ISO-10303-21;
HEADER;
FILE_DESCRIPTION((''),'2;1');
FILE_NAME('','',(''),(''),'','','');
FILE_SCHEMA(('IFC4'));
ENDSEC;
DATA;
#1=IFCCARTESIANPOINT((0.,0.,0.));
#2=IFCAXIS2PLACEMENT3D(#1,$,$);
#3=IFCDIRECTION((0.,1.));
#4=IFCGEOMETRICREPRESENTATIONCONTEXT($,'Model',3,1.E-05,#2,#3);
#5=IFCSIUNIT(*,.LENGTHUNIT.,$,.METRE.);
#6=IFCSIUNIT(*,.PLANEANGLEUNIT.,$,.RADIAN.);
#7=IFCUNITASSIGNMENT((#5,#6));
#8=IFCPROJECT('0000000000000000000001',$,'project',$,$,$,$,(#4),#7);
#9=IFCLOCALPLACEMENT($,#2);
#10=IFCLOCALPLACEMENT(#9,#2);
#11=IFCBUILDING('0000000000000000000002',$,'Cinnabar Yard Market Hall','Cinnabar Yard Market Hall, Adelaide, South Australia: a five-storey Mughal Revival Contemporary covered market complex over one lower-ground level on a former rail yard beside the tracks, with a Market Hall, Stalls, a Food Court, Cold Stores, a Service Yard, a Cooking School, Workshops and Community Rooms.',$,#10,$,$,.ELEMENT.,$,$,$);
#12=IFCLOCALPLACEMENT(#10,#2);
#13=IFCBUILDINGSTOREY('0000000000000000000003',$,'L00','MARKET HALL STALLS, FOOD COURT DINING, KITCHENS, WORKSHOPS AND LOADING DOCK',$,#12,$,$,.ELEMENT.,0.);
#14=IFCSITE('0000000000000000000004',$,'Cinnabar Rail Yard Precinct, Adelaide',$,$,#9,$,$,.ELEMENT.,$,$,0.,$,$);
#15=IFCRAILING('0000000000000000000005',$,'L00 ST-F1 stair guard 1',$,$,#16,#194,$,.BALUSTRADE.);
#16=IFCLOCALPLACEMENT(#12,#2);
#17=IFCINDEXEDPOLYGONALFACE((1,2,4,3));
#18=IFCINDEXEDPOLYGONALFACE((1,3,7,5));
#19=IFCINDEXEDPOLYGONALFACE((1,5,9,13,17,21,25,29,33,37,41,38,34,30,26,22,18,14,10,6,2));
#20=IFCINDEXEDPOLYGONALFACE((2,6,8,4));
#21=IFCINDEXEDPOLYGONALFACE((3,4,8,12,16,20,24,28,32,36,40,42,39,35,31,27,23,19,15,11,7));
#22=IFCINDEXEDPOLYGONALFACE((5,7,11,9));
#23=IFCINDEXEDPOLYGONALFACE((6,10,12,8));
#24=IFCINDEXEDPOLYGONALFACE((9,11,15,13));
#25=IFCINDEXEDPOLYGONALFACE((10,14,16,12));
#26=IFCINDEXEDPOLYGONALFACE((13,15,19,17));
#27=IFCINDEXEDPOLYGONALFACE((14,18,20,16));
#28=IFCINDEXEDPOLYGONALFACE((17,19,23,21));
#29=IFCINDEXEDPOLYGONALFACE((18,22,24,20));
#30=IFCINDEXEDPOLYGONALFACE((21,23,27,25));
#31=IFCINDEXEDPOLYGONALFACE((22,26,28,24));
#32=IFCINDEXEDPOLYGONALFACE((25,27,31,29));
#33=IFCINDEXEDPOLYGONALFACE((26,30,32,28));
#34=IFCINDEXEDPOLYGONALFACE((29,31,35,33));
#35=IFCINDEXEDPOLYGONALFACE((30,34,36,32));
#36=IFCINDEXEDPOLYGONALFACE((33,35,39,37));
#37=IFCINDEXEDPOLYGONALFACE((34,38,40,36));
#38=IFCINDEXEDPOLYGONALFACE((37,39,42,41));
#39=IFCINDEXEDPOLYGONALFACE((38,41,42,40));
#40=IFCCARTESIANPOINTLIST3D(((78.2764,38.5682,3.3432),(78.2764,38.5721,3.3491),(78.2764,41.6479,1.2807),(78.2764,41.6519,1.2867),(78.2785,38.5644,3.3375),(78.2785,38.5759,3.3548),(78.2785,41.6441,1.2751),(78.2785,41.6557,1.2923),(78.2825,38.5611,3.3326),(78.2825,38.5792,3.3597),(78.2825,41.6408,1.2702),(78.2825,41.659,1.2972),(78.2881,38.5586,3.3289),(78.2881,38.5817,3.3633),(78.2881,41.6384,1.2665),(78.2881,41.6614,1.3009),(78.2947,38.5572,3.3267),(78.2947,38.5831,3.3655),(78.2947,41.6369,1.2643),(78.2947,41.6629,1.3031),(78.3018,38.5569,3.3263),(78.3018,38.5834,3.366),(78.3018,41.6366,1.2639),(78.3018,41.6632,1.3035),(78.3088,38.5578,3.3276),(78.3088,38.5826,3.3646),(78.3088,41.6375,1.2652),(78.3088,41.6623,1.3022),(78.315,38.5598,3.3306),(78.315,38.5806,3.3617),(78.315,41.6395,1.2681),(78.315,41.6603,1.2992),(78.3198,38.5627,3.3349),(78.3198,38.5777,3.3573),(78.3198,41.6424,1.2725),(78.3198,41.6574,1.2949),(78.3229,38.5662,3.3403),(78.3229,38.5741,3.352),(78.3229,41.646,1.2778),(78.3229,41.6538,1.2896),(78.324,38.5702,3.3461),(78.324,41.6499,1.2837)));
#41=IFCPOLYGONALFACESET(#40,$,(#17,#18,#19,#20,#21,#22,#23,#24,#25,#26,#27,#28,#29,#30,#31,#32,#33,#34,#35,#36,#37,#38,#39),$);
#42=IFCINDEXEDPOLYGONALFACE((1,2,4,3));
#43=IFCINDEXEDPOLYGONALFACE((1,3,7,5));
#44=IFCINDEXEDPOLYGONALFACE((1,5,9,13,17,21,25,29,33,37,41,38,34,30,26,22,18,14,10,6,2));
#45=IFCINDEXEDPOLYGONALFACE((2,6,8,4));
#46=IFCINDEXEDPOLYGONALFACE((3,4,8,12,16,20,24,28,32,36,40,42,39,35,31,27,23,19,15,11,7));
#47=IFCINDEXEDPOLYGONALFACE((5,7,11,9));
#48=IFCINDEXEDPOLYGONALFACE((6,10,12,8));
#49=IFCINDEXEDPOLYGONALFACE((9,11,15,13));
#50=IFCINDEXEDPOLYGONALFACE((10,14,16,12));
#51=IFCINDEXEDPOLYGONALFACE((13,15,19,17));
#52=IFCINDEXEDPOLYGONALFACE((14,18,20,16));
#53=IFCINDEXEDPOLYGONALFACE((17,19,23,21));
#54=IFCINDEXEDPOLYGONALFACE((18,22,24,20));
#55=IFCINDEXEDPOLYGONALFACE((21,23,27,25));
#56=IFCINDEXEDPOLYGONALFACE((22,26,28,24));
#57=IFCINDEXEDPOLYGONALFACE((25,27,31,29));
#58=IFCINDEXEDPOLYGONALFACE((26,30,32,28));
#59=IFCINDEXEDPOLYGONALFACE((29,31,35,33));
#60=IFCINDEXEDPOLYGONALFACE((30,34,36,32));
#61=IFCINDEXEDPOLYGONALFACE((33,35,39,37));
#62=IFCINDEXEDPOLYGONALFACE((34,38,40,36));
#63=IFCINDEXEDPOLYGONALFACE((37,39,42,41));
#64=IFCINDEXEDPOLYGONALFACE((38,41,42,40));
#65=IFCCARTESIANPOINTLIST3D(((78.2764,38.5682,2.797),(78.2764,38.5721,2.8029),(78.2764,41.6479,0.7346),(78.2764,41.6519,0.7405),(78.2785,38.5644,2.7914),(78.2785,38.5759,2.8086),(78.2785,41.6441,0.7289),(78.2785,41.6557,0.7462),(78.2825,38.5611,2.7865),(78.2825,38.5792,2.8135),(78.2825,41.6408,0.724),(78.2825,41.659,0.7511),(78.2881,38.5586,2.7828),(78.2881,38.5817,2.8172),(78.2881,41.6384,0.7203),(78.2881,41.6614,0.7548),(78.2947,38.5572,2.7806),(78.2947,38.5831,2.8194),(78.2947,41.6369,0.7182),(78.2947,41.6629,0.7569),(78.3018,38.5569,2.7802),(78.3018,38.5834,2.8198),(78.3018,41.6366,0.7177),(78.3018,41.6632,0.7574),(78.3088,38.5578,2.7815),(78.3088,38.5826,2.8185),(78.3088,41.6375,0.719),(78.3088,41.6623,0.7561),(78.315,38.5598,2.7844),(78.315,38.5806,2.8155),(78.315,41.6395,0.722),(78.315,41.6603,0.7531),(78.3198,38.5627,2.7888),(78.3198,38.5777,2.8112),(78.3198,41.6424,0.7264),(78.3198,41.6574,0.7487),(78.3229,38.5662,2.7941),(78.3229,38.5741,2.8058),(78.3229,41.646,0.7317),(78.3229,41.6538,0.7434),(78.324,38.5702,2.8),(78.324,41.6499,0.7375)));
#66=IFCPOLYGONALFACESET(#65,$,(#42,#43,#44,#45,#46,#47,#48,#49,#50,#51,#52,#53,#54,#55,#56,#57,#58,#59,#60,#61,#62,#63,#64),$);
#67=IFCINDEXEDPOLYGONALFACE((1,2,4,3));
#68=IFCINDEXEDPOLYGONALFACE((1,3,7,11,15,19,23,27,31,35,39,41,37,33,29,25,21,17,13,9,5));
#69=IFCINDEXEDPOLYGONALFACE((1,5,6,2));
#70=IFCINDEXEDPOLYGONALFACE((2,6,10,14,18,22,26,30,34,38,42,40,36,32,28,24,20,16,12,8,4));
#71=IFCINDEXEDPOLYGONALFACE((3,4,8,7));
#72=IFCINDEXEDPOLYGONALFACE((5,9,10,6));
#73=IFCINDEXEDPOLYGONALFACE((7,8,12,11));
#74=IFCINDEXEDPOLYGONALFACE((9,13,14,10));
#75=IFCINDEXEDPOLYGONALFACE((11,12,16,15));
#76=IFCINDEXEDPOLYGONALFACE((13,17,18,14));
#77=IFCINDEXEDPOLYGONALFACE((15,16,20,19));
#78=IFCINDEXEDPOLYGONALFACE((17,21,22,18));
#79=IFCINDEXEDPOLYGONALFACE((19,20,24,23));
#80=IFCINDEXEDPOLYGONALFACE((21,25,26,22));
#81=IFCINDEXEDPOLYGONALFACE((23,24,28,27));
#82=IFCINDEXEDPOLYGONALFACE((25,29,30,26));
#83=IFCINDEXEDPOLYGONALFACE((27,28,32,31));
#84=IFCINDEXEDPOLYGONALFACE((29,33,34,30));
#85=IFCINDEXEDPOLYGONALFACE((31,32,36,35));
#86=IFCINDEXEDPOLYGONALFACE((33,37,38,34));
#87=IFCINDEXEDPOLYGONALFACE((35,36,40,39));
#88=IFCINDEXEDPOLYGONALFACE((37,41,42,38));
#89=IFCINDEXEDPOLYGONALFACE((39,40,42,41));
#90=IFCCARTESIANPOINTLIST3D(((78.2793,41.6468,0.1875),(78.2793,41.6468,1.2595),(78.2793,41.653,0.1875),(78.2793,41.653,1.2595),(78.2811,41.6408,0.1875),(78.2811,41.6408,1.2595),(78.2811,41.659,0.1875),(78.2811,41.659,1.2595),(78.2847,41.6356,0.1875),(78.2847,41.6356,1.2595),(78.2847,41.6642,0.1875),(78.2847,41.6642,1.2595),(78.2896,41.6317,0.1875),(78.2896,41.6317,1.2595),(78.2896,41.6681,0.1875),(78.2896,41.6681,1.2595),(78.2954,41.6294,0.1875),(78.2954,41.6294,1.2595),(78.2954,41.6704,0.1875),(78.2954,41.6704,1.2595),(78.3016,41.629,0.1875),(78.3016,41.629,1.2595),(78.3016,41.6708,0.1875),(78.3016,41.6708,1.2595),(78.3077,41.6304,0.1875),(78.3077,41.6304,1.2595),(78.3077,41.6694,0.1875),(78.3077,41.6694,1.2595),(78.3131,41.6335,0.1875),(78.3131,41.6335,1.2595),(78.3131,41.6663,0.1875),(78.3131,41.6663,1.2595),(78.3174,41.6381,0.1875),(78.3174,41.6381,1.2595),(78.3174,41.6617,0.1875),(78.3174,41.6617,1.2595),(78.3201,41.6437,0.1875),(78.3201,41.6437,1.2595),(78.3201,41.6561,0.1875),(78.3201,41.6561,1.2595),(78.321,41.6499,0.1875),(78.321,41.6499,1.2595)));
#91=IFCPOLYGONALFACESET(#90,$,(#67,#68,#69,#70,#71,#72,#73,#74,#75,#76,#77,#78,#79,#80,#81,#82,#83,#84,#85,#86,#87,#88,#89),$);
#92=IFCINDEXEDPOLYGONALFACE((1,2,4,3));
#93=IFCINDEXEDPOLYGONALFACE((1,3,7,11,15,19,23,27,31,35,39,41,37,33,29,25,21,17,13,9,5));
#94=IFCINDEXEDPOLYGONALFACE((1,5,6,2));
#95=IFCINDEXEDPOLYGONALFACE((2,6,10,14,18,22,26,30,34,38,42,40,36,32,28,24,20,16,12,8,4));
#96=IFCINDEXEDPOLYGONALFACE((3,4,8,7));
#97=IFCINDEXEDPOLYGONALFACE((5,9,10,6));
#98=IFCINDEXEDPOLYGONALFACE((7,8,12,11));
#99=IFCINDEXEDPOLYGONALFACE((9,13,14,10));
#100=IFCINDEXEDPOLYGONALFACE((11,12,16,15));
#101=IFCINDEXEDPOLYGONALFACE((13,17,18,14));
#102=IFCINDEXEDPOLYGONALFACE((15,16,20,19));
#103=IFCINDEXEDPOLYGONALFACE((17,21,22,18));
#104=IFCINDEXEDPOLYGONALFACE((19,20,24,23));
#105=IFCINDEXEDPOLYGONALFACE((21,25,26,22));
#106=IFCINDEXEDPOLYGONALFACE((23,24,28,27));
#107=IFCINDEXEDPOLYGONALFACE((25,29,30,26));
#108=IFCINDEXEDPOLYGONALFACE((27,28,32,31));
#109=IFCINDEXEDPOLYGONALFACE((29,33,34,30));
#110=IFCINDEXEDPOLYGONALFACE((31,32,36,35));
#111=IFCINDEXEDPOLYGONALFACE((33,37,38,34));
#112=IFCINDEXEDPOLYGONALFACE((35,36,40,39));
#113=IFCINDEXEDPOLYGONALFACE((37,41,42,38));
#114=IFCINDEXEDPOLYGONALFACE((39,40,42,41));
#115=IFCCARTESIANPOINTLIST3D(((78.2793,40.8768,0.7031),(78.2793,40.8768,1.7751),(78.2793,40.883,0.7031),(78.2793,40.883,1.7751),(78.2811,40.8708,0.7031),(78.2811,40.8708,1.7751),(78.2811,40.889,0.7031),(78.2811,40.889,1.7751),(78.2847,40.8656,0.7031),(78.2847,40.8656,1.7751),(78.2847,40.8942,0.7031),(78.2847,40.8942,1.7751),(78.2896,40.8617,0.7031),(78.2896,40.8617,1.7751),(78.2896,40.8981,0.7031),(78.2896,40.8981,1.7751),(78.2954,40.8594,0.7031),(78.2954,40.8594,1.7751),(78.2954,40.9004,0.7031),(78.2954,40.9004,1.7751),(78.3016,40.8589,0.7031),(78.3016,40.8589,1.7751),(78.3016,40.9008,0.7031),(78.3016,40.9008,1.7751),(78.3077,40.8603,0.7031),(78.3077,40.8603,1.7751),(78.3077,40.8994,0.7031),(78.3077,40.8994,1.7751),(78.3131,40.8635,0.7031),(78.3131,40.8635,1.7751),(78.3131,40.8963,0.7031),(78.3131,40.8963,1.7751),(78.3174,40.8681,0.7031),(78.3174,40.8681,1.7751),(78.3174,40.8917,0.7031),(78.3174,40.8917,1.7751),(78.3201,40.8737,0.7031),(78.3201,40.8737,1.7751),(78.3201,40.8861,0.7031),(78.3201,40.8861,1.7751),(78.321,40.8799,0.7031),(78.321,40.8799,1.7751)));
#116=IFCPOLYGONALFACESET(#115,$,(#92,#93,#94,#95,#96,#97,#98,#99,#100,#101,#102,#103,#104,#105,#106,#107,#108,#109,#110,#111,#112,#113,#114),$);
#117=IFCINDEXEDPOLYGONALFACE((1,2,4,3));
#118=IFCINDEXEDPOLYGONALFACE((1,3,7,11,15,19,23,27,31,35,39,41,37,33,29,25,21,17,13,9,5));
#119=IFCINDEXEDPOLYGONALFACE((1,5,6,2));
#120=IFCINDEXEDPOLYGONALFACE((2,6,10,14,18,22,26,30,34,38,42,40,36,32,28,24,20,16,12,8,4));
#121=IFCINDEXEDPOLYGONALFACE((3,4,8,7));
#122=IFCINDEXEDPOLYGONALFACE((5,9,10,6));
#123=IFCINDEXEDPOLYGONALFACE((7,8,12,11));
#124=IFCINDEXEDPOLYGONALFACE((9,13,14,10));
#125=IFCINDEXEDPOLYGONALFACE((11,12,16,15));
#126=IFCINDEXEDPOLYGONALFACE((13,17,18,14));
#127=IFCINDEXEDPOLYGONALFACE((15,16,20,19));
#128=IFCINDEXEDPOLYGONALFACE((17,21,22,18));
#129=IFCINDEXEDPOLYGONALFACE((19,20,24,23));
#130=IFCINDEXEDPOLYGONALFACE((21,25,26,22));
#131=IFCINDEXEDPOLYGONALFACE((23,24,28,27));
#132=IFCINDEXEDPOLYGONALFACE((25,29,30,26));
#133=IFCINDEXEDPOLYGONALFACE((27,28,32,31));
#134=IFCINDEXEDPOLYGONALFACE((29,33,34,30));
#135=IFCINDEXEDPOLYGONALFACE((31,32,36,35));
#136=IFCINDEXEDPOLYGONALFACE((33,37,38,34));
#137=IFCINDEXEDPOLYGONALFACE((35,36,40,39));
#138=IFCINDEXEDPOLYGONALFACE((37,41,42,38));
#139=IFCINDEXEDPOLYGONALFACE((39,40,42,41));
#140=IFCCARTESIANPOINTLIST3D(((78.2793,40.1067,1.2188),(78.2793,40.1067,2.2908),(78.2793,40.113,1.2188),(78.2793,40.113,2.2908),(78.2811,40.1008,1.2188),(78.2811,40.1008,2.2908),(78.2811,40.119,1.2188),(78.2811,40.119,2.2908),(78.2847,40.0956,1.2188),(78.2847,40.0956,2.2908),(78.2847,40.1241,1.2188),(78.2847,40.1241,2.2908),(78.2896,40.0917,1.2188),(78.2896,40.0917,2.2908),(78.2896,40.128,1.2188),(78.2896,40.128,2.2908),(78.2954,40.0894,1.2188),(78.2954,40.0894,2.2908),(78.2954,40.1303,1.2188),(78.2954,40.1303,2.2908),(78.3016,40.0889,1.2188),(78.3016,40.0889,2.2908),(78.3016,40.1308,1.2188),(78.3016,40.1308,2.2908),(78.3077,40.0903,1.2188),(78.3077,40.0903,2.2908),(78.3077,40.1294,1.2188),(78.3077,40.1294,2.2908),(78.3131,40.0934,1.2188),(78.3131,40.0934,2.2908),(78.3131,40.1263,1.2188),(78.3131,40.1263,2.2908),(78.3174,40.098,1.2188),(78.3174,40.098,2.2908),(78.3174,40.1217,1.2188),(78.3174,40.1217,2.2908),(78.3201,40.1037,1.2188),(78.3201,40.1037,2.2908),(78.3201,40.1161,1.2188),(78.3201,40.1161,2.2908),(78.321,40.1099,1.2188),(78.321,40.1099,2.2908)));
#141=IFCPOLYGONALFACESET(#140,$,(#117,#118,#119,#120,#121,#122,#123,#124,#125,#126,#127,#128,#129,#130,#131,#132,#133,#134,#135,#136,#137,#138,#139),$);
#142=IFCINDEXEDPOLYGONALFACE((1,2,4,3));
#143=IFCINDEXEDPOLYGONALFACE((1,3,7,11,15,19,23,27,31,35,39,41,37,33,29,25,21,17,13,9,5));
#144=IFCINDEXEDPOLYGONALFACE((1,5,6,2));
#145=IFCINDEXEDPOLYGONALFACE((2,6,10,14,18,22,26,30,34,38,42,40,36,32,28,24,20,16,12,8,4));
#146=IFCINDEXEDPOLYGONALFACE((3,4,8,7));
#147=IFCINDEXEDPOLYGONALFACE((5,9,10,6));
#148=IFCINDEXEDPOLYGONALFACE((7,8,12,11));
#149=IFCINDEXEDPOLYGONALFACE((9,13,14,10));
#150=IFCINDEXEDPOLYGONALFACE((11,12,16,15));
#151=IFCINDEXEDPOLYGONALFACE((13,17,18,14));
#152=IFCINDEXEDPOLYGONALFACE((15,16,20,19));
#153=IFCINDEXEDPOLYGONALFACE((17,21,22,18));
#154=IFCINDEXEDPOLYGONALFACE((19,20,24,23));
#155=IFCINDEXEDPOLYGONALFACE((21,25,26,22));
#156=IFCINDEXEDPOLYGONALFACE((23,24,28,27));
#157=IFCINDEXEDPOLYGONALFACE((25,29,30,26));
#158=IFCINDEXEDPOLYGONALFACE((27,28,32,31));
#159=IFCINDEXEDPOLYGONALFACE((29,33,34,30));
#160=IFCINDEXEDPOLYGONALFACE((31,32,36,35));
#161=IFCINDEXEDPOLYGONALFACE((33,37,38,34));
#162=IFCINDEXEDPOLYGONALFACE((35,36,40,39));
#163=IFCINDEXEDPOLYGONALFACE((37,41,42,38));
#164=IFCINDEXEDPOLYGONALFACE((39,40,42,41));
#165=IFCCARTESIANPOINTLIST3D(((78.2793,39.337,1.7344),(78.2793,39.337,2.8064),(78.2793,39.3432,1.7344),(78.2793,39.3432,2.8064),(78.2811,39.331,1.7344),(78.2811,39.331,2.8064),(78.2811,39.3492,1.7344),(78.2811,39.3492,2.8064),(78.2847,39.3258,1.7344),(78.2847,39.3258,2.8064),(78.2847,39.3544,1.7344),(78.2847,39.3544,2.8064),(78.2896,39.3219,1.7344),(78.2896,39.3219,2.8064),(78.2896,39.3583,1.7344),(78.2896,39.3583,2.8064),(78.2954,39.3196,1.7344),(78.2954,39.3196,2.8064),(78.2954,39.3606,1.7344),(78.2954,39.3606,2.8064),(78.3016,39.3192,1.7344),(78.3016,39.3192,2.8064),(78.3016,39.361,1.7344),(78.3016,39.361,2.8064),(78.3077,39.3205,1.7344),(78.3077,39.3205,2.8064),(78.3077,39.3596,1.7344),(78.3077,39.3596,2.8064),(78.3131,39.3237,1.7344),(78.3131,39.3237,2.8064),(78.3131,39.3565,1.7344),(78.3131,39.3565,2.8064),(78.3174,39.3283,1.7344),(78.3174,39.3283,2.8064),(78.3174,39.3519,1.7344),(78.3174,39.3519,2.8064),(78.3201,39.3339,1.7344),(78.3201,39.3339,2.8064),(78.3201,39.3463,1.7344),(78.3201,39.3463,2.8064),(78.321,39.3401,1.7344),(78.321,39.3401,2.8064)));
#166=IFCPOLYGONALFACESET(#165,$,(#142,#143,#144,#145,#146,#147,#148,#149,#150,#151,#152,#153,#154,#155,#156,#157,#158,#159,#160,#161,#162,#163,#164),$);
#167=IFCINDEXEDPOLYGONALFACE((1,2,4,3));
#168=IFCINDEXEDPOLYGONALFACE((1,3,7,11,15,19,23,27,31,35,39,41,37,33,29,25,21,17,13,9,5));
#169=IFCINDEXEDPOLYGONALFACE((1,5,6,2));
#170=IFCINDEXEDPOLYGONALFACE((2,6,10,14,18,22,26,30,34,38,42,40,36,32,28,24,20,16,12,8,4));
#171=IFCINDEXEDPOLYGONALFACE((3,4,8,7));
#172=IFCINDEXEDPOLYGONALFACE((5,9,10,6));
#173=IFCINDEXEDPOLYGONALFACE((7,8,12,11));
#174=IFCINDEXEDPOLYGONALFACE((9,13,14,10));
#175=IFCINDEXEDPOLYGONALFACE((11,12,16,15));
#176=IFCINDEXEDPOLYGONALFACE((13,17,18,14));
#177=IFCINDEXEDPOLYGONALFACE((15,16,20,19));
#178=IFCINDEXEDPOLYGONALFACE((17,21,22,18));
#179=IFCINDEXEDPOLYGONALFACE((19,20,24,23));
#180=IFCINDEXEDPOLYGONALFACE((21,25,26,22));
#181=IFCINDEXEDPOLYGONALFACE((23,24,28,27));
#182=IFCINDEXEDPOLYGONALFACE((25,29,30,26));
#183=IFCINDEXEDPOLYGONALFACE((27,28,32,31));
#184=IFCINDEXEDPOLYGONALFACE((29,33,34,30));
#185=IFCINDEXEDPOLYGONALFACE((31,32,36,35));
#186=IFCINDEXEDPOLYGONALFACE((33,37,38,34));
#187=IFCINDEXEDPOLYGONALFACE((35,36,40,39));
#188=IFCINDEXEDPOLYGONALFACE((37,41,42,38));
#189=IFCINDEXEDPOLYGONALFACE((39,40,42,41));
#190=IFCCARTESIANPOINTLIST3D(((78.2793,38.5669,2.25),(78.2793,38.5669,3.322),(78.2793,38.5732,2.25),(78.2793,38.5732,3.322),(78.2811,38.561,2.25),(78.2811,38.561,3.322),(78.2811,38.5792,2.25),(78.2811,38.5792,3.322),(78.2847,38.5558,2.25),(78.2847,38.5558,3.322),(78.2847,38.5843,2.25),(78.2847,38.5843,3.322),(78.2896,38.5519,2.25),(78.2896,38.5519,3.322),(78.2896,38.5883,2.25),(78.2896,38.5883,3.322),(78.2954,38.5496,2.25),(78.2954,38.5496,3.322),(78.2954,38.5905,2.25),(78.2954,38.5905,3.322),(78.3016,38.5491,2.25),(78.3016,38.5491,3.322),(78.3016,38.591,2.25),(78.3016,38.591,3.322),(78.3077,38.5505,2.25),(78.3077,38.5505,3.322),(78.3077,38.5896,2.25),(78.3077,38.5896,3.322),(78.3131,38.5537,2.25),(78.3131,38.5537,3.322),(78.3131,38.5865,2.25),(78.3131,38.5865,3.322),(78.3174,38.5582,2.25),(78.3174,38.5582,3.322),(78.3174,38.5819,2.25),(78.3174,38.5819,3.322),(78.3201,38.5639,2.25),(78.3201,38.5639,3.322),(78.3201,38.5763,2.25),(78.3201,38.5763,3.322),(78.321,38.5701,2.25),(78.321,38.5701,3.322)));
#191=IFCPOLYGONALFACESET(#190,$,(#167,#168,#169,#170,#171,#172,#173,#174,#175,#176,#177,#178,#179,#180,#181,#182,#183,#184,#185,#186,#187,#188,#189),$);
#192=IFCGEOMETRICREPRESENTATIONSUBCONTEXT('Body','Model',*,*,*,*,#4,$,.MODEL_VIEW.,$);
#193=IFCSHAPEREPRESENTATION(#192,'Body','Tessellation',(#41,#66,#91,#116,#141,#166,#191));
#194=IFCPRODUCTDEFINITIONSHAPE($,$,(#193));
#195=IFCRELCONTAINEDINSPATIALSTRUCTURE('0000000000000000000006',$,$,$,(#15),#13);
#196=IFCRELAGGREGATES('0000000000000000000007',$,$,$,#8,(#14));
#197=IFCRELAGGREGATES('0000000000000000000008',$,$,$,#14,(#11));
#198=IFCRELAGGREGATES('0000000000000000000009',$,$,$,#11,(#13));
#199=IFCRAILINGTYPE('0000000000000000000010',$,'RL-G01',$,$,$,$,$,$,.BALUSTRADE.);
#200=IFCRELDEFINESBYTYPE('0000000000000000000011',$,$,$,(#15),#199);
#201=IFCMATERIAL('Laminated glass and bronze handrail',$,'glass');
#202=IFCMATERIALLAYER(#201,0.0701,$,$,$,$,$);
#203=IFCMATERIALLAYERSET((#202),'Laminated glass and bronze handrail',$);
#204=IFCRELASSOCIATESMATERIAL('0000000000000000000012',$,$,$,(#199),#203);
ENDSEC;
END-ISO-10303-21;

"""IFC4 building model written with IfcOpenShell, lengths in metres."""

from ifc_helpers import new_model, si_unit, direction, frame, origin, origin_2d_with_axis, place, context, subcontext, project, spatial, circle, extrude, material, layer, layer_set, type_object, element, save


model = new_model("IFC4")

# Units and contexts
model_context = context("Model", 3, precision=1e-05, world=origin(), true_north=direction((0.0, 1.0)))
body_context = subcontext(model_context, "Body", "Model", "MODEL_VIEW")
ifc_project = project(units=[si_unit("LENGTHUNIT", "METRE"), si_unit("PLANEANGLEUNIT", "RADIAN")], contexts=[model_context])

# Site, building, storey
site_placement = place(None, origin())
site = spatial("IfcSite", under=ifc_project, at=site_placement, Name="Cinnabar Rail Yard Precinct, Adelaide", CompositionType="ELEMENT", RefElevation=0.0)
building_placement = place(site_placement, origin())
building = spatial("IfcBuilding", under=site, at=building_placement, Name="Cinnabar Yard Market Hall", Description="Cinnabar Yard Market Hall, Adelaide, South Australia: a five-storey Mughal Revival Contemporary covered market complex over one lower-ground level on a former rail yard beside the tracks, with a Market Hall, Stalls, a Food Court, Cold Stores, a Service Yard, a Cooking School, Workshops and Community Rooms.", CompositionType="ELEMENT")
storey_placement = place(building_placement, origin())
storey = spatial("IfcBuildingStorey", under=building, at=storey_placement, Name="L00", Description="MARKET HALL STALLS, FOOD COURT DINING, KITCHENS, WORKSHOPS AND LOADING DOCK", CompositionType="ELEMENT", Elevation=0.0)

# Railing
ifc_material_1 = material(Name="Laminated glass and bronze handrail", Category="glass")
ifc_layer_1 = layer(ifc_material_1, 0.0701)
ifc_layer_set_1 = layer_set([ifc_layer_1], Name="Laminated glass and bronze handrail")
railing_type_1 = type_object("IfcRailingType", Name="RL-G01", PredefinedType="BALUSTRADE", material=ifc_layer_set_1)
railing_1_placement = place(storey_placement, frame((78.3, 41.6499, 0.1875)))
element("IfcRailing", 1, at=railing_1_placement, inside=storey, type_object=railing_type_1, Name="L00 ST-F1 stair guard 1", PredefinedType="BALUSTRADE", context=body_context, shape_type="SweptSolid", body=[
    extrude(circle(Radius=0.0239, at=origin_2d_with_axis()), frame((0.0, 0.0, 1.0962), z_axis=(0.0, -0.830893, 0.556432), x_axis=(1.0, 0.0, 0.0)), (0.0, 0.0, 1.0), 3.7065),
    extrude(circle(Radius=0.0239, at=origin_2d_with_axis()), frame((0.0, 0.0, 0.55), z_axis=(0.0, -0.830893, 0.556432), x_axis=(1.0, 0.0, 0.0)), (0.0, 0.0, 1.0), 3.7065),
    extrude(circle(Radius=0.021, at=origin_2d_with_axis()), origin(), (0.0, 0.0, 1.0), 1.072),
    extrude(circle(Radius=0.021, at=origin_2d_with_axis()), frame((0.0, -0.77, 0.5156)), (0.0, 0.0, 1.0), 1.072),
    extrude(circle(Radius=0.021, at=origin_2d_with_axis()), frame((0.0, -1.54, 1.0312)), (0.0, 0.0, 1.0), 1.072),
    extrude(circle(Radius=0.021, at=origin_2d_with_axis()), frame((0.0, -2.3098, 1.5469)), (0.0, 0.0, 1.0), 1.072),
    extrude(circle(Radius=0.021, at=origin_2d_with_axis()), frame((0.0, -3.0798, 2.0625)), (0.0, 0.0, 1.0), 1.072),
])

save(model, "model.ifc")
